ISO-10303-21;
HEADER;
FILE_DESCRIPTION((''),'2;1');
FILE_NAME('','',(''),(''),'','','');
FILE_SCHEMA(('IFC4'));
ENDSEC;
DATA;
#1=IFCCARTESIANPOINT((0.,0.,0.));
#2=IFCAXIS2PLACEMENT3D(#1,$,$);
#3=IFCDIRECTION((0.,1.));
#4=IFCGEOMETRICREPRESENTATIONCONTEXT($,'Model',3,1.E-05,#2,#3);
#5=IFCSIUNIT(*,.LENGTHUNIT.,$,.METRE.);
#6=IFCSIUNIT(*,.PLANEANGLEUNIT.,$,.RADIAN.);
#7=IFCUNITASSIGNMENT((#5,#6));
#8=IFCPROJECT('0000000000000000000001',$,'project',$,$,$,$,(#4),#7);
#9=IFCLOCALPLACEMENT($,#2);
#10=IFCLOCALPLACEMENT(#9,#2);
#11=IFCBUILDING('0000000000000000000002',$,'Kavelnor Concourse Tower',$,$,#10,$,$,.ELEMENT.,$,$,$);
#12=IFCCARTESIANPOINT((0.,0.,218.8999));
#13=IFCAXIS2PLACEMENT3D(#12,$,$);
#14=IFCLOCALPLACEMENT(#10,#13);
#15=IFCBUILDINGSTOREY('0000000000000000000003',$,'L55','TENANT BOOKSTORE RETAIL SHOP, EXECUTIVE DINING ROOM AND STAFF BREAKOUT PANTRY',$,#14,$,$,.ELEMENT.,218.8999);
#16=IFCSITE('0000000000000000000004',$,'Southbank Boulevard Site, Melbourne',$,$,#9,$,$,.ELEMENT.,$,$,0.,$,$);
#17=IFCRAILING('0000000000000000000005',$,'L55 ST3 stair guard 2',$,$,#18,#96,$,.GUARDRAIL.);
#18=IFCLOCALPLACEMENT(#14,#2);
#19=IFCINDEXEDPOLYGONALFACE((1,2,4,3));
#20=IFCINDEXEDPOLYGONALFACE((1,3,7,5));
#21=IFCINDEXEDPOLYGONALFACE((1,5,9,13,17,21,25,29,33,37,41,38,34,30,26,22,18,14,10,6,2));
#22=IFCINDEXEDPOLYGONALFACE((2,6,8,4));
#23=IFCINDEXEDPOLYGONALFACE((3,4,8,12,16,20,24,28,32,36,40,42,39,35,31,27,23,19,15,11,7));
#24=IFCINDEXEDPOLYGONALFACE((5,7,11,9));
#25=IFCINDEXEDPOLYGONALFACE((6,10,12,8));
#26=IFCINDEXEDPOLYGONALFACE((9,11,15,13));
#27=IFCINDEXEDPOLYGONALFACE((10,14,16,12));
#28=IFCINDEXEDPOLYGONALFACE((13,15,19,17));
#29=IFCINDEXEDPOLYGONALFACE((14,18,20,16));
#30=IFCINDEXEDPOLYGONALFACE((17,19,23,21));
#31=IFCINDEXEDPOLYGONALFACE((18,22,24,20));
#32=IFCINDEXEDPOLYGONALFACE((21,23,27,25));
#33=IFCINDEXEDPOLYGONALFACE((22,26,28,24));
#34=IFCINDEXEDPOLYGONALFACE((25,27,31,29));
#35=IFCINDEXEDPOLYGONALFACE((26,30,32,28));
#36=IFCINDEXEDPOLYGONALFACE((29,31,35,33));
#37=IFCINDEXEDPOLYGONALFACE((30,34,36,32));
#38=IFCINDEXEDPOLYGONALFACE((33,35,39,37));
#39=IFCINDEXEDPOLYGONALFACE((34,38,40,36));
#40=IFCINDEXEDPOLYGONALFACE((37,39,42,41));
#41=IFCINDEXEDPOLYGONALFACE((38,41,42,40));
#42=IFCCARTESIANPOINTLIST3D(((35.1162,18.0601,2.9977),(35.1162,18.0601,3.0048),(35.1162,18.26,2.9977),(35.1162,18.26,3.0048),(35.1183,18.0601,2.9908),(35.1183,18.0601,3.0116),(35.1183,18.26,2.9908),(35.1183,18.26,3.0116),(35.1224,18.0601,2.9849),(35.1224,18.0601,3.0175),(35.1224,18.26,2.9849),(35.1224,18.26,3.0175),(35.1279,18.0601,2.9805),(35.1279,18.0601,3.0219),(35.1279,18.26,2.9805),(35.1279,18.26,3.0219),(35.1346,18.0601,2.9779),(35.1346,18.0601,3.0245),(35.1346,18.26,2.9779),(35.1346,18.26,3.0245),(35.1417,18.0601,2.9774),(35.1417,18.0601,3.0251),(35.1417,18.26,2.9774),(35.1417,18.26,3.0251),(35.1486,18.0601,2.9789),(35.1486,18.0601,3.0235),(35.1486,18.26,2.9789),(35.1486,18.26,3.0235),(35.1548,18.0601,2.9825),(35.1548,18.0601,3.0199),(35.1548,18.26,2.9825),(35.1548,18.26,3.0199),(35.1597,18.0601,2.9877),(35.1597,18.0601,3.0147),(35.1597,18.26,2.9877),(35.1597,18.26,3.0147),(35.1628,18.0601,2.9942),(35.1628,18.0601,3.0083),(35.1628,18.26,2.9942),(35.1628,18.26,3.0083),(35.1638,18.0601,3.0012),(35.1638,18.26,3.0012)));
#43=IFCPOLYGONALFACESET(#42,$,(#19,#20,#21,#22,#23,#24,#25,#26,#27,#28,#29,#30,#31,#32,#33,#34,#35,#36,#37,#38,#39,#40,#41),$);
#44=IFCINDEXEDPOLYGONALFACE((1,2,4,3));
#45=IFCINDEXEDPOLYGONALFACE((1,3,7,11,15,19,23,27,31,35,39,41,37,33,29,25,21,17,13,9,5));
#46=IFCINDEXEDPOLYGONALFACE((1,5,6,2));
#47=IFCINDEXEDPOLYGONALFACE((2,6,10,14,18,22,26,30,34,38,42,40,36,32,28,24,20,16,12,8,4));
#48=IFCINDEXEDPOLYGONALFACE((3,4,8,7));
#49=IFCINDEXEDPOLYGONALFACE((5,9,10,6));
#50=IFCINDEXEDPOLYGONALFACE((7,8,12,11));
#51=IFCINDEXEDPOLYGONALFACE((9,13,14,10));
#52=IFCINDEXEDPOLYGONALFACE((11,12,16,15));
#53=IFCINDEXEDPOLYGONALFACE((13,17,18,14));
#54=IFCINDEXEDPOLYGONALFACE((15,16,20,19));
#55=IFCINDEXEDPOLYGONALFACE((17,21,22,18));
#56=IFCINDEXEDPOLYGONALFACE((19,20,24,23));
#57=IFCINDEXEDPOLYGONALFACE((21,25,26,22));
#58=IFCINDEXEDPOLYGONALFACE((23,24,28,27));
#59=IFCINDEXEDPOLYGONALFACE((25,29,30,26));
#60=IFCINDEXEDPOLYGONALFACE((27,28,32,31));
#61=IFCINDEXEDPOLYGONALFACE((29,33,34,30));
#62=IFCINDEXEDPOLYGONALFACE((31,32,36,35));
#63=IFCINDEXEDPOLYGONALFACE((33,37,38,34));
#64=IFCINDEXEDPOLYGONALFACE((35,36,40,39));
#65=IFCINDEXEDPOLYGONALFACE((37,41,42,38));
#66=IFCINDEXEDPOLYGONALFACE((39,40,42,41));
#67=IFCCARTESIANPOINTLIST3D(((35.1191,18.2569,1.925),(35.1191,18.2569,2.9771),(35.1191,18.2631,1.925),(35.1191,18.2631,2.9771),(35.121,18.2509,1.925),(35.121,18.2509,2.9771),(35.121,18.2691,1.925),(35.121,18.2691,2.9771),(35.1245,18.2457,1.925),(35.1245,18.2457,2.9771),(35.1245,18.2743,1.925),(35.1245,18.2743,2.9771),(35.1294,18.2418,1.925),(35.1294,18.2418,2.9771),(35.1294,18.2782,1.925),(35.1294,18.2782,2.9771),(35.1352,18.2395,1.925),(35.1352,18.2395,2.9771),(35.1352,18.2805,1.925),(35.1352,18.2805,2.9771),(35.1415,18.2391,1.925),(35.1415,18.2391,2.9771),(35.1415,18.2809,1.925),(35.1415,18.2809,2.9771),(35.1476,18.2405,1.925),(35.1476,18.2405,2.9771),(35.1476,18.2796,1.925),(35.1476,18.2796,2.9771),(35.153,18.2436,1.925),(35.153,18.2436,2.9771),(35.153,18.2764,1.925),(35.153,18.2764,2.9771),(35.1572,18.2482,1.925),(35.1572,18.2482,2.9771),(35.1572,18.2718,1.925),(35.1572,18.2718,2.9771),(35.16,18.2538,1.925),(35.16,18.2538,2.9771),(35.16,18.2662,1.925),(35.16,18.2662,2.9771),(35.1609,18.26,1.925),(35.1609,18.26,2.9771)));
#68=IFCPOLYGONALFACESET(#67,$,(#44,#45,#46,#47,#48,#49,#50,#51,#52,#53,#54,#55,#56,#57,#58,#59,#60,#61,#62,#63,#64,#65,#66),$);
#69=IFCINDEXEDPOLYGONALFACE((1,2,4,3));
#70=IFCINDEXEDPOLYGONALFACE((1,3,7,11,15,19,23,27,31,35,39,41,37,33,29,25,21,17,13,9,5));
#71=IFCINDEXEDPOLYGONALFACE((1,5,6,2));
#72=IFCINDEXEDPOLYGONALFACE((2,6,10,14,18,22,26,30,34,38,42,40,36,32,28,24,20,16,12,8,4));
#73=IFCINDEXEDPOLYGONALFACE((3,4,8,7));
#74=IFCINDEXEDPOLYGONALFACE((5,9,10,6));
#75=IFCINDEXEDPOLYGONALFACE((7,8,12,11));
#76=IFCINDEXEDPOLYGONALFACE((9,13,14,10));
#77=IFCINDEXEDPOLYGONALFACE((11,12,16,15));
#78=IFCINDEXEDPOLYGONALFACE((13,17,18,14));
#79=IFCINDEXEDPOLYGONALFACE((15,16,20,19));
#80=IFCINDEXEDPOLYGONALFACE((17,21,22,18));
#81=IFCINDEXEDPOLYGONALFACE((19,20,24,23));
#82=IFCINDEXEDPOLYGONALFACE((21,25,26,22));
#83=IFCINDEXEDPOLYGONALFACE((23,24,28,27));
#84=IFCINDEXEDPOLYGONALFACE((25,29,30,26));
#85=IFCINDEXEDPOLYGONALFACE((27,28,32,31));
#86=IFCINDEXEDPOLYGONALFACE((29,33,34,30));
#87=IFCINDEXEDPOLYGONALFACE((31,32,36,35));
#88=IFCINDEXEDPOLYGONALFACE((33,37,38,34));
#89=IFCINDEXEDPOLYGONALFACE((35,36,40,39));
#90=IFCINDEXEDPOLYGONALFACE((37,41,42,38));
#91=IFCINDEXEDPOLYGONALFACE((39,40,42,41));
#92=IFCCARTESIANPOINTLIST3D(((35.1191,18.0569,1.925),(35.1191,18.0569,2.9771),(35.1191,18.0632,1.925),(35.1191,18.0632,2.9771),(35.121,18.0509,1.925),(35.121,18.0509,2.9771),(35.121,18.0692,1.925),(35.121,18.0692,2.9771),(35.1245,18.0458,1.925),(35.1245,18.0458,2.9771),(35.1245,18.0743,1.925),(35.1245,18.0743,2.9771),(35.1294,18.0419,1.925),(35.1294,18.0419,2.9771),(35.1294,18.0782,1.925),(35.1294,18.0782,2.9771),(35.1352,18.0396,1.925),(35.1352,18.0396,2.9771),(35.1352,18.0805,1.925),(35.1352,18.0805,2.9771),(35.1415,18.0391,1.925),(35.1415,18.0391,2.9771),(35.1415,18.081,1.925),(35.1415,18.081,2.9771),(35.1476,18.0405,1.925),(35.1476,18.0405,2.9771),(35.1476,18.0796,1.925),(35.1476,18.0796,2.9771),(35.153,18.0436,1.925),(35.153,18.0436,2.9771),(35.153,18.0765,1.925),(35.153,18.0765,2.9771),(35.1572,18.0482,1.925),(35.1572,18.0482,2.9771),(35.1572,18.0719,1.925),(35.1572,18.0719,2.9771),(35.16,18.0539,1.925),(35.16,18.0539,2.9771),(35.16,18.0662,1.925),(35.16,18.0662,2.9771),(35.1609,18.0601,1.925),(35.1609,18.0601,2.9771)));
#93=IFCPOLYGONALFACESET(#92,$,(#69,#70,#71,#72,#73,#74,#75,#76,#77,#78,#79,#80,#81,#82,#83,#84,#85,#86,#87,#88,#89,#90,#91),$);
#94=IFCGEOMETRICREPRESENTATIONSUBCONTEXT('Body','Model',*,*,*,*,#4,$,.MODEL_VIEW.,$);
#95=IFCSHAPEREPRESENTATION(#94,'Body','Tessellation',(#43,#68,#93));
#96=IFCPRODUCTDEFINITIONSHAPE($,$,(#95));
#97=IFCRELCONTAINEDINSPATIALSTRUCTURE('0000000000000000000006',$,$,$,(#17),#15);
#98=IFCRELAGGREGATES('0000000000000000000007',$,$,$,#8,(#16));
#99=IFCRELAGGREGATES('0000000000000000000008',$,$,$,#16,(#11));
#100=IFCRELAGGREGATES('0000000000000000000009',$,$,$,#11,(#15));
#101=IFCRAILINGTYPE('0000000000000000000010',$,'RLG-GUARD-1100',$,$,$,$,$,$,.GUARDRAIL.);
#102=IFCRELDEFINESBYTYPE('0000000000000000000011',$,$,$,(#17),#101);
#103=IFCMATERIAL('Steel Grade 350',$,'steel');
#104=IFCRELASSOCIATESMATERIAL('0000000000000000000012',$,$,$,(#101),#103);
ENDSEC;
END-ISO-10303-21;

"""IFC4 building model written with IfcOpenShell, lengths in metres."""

from ifc_helpers import new_model, si_unit, direction, frame, origin, origin_2d, place, context, subcontext, project, spatial, circle, extrude, material, type_object, element, save


model = new_model("IFC4")

# Units and contexts
model_context = context("Model", 3, precision=1e-05, world=origin(), true_north=direction((0.0, 1.0)))
body_context = subcontext(model_context, "Body", "Model", "MODEL_VIEW")
ifc_project = project(units=[si_unit("LENGTHUNIT", "METRE"), si_unit("PLANEANGLEUNIT", "RADIAN")], contexts=[model_context])

# Site, building, storey
site_placement = place(None, origin())
site = spatial("IfcSite", under=ifc_project, at=site_placement, Name="Southbank Boulevard Site, Melbourne", CompositionType="ELEMENT", RefElevation=0.0)
building_placement = place(site_placement, origin())
building = spatial("IfcBuilding", under=site, at=building_placement, Name="Kavelnor Concourse Tower", CompositionType="ELEMENT")
storey_placement = place(building_placement, frame((0.0, 0.0, 218.8999)))
storey = spatial("IfcBuildingStorey", under=building, at=storey_placement, Name="L55", Description="TENANT BOOKSTORE RETAIL SHOP, EXECUTIVE DINING ROOM AND STAFF BREAKOUT PANTRY", CompositionType="ELEMENT", Elevation=218.8999)

# Shared definitions
ifc_material_1 = material(Name="Steel Grade 350", Category="steel")

# Railing
railing_type = type_object("IfcRailingType", Name="RLG-GUARD-1100", PredefinedType="GUARDRAIL", material=ifc_material_1)
railing_placement = place(storey_placement, frame((35.1399, 18.26, 1.925)))
element("IfcRailing", 1, at=railing_placement, inside=storey, type_object=railing_type, Name="L55 ST3 stair guard 2", PredefinedType="GUARDRAIL", context=body_context, shape_type="SweptSolid", body=[
    extrude(circle(Radius=0.0239, at=origin_2d()), frame((0.0, 0.0, 1.0762), z_axis=(0.0, -1.0, 0.0), x_axis=(1.0, 0.0, 0.0)), (0.0, 0.0, 1.0), 0.2),
    extrude(circle(Radius=0.021, at=origin_2d()), origin(), (0.0, 0.0, 1.0), 1.052),
    extrude(circle(Radius=0.021, at=origin_2d()), frame((0.0, -0.2, 0.0)), (0.0, 0.0, 1.0), 1.052),
])

save(model, "model.ifc")
